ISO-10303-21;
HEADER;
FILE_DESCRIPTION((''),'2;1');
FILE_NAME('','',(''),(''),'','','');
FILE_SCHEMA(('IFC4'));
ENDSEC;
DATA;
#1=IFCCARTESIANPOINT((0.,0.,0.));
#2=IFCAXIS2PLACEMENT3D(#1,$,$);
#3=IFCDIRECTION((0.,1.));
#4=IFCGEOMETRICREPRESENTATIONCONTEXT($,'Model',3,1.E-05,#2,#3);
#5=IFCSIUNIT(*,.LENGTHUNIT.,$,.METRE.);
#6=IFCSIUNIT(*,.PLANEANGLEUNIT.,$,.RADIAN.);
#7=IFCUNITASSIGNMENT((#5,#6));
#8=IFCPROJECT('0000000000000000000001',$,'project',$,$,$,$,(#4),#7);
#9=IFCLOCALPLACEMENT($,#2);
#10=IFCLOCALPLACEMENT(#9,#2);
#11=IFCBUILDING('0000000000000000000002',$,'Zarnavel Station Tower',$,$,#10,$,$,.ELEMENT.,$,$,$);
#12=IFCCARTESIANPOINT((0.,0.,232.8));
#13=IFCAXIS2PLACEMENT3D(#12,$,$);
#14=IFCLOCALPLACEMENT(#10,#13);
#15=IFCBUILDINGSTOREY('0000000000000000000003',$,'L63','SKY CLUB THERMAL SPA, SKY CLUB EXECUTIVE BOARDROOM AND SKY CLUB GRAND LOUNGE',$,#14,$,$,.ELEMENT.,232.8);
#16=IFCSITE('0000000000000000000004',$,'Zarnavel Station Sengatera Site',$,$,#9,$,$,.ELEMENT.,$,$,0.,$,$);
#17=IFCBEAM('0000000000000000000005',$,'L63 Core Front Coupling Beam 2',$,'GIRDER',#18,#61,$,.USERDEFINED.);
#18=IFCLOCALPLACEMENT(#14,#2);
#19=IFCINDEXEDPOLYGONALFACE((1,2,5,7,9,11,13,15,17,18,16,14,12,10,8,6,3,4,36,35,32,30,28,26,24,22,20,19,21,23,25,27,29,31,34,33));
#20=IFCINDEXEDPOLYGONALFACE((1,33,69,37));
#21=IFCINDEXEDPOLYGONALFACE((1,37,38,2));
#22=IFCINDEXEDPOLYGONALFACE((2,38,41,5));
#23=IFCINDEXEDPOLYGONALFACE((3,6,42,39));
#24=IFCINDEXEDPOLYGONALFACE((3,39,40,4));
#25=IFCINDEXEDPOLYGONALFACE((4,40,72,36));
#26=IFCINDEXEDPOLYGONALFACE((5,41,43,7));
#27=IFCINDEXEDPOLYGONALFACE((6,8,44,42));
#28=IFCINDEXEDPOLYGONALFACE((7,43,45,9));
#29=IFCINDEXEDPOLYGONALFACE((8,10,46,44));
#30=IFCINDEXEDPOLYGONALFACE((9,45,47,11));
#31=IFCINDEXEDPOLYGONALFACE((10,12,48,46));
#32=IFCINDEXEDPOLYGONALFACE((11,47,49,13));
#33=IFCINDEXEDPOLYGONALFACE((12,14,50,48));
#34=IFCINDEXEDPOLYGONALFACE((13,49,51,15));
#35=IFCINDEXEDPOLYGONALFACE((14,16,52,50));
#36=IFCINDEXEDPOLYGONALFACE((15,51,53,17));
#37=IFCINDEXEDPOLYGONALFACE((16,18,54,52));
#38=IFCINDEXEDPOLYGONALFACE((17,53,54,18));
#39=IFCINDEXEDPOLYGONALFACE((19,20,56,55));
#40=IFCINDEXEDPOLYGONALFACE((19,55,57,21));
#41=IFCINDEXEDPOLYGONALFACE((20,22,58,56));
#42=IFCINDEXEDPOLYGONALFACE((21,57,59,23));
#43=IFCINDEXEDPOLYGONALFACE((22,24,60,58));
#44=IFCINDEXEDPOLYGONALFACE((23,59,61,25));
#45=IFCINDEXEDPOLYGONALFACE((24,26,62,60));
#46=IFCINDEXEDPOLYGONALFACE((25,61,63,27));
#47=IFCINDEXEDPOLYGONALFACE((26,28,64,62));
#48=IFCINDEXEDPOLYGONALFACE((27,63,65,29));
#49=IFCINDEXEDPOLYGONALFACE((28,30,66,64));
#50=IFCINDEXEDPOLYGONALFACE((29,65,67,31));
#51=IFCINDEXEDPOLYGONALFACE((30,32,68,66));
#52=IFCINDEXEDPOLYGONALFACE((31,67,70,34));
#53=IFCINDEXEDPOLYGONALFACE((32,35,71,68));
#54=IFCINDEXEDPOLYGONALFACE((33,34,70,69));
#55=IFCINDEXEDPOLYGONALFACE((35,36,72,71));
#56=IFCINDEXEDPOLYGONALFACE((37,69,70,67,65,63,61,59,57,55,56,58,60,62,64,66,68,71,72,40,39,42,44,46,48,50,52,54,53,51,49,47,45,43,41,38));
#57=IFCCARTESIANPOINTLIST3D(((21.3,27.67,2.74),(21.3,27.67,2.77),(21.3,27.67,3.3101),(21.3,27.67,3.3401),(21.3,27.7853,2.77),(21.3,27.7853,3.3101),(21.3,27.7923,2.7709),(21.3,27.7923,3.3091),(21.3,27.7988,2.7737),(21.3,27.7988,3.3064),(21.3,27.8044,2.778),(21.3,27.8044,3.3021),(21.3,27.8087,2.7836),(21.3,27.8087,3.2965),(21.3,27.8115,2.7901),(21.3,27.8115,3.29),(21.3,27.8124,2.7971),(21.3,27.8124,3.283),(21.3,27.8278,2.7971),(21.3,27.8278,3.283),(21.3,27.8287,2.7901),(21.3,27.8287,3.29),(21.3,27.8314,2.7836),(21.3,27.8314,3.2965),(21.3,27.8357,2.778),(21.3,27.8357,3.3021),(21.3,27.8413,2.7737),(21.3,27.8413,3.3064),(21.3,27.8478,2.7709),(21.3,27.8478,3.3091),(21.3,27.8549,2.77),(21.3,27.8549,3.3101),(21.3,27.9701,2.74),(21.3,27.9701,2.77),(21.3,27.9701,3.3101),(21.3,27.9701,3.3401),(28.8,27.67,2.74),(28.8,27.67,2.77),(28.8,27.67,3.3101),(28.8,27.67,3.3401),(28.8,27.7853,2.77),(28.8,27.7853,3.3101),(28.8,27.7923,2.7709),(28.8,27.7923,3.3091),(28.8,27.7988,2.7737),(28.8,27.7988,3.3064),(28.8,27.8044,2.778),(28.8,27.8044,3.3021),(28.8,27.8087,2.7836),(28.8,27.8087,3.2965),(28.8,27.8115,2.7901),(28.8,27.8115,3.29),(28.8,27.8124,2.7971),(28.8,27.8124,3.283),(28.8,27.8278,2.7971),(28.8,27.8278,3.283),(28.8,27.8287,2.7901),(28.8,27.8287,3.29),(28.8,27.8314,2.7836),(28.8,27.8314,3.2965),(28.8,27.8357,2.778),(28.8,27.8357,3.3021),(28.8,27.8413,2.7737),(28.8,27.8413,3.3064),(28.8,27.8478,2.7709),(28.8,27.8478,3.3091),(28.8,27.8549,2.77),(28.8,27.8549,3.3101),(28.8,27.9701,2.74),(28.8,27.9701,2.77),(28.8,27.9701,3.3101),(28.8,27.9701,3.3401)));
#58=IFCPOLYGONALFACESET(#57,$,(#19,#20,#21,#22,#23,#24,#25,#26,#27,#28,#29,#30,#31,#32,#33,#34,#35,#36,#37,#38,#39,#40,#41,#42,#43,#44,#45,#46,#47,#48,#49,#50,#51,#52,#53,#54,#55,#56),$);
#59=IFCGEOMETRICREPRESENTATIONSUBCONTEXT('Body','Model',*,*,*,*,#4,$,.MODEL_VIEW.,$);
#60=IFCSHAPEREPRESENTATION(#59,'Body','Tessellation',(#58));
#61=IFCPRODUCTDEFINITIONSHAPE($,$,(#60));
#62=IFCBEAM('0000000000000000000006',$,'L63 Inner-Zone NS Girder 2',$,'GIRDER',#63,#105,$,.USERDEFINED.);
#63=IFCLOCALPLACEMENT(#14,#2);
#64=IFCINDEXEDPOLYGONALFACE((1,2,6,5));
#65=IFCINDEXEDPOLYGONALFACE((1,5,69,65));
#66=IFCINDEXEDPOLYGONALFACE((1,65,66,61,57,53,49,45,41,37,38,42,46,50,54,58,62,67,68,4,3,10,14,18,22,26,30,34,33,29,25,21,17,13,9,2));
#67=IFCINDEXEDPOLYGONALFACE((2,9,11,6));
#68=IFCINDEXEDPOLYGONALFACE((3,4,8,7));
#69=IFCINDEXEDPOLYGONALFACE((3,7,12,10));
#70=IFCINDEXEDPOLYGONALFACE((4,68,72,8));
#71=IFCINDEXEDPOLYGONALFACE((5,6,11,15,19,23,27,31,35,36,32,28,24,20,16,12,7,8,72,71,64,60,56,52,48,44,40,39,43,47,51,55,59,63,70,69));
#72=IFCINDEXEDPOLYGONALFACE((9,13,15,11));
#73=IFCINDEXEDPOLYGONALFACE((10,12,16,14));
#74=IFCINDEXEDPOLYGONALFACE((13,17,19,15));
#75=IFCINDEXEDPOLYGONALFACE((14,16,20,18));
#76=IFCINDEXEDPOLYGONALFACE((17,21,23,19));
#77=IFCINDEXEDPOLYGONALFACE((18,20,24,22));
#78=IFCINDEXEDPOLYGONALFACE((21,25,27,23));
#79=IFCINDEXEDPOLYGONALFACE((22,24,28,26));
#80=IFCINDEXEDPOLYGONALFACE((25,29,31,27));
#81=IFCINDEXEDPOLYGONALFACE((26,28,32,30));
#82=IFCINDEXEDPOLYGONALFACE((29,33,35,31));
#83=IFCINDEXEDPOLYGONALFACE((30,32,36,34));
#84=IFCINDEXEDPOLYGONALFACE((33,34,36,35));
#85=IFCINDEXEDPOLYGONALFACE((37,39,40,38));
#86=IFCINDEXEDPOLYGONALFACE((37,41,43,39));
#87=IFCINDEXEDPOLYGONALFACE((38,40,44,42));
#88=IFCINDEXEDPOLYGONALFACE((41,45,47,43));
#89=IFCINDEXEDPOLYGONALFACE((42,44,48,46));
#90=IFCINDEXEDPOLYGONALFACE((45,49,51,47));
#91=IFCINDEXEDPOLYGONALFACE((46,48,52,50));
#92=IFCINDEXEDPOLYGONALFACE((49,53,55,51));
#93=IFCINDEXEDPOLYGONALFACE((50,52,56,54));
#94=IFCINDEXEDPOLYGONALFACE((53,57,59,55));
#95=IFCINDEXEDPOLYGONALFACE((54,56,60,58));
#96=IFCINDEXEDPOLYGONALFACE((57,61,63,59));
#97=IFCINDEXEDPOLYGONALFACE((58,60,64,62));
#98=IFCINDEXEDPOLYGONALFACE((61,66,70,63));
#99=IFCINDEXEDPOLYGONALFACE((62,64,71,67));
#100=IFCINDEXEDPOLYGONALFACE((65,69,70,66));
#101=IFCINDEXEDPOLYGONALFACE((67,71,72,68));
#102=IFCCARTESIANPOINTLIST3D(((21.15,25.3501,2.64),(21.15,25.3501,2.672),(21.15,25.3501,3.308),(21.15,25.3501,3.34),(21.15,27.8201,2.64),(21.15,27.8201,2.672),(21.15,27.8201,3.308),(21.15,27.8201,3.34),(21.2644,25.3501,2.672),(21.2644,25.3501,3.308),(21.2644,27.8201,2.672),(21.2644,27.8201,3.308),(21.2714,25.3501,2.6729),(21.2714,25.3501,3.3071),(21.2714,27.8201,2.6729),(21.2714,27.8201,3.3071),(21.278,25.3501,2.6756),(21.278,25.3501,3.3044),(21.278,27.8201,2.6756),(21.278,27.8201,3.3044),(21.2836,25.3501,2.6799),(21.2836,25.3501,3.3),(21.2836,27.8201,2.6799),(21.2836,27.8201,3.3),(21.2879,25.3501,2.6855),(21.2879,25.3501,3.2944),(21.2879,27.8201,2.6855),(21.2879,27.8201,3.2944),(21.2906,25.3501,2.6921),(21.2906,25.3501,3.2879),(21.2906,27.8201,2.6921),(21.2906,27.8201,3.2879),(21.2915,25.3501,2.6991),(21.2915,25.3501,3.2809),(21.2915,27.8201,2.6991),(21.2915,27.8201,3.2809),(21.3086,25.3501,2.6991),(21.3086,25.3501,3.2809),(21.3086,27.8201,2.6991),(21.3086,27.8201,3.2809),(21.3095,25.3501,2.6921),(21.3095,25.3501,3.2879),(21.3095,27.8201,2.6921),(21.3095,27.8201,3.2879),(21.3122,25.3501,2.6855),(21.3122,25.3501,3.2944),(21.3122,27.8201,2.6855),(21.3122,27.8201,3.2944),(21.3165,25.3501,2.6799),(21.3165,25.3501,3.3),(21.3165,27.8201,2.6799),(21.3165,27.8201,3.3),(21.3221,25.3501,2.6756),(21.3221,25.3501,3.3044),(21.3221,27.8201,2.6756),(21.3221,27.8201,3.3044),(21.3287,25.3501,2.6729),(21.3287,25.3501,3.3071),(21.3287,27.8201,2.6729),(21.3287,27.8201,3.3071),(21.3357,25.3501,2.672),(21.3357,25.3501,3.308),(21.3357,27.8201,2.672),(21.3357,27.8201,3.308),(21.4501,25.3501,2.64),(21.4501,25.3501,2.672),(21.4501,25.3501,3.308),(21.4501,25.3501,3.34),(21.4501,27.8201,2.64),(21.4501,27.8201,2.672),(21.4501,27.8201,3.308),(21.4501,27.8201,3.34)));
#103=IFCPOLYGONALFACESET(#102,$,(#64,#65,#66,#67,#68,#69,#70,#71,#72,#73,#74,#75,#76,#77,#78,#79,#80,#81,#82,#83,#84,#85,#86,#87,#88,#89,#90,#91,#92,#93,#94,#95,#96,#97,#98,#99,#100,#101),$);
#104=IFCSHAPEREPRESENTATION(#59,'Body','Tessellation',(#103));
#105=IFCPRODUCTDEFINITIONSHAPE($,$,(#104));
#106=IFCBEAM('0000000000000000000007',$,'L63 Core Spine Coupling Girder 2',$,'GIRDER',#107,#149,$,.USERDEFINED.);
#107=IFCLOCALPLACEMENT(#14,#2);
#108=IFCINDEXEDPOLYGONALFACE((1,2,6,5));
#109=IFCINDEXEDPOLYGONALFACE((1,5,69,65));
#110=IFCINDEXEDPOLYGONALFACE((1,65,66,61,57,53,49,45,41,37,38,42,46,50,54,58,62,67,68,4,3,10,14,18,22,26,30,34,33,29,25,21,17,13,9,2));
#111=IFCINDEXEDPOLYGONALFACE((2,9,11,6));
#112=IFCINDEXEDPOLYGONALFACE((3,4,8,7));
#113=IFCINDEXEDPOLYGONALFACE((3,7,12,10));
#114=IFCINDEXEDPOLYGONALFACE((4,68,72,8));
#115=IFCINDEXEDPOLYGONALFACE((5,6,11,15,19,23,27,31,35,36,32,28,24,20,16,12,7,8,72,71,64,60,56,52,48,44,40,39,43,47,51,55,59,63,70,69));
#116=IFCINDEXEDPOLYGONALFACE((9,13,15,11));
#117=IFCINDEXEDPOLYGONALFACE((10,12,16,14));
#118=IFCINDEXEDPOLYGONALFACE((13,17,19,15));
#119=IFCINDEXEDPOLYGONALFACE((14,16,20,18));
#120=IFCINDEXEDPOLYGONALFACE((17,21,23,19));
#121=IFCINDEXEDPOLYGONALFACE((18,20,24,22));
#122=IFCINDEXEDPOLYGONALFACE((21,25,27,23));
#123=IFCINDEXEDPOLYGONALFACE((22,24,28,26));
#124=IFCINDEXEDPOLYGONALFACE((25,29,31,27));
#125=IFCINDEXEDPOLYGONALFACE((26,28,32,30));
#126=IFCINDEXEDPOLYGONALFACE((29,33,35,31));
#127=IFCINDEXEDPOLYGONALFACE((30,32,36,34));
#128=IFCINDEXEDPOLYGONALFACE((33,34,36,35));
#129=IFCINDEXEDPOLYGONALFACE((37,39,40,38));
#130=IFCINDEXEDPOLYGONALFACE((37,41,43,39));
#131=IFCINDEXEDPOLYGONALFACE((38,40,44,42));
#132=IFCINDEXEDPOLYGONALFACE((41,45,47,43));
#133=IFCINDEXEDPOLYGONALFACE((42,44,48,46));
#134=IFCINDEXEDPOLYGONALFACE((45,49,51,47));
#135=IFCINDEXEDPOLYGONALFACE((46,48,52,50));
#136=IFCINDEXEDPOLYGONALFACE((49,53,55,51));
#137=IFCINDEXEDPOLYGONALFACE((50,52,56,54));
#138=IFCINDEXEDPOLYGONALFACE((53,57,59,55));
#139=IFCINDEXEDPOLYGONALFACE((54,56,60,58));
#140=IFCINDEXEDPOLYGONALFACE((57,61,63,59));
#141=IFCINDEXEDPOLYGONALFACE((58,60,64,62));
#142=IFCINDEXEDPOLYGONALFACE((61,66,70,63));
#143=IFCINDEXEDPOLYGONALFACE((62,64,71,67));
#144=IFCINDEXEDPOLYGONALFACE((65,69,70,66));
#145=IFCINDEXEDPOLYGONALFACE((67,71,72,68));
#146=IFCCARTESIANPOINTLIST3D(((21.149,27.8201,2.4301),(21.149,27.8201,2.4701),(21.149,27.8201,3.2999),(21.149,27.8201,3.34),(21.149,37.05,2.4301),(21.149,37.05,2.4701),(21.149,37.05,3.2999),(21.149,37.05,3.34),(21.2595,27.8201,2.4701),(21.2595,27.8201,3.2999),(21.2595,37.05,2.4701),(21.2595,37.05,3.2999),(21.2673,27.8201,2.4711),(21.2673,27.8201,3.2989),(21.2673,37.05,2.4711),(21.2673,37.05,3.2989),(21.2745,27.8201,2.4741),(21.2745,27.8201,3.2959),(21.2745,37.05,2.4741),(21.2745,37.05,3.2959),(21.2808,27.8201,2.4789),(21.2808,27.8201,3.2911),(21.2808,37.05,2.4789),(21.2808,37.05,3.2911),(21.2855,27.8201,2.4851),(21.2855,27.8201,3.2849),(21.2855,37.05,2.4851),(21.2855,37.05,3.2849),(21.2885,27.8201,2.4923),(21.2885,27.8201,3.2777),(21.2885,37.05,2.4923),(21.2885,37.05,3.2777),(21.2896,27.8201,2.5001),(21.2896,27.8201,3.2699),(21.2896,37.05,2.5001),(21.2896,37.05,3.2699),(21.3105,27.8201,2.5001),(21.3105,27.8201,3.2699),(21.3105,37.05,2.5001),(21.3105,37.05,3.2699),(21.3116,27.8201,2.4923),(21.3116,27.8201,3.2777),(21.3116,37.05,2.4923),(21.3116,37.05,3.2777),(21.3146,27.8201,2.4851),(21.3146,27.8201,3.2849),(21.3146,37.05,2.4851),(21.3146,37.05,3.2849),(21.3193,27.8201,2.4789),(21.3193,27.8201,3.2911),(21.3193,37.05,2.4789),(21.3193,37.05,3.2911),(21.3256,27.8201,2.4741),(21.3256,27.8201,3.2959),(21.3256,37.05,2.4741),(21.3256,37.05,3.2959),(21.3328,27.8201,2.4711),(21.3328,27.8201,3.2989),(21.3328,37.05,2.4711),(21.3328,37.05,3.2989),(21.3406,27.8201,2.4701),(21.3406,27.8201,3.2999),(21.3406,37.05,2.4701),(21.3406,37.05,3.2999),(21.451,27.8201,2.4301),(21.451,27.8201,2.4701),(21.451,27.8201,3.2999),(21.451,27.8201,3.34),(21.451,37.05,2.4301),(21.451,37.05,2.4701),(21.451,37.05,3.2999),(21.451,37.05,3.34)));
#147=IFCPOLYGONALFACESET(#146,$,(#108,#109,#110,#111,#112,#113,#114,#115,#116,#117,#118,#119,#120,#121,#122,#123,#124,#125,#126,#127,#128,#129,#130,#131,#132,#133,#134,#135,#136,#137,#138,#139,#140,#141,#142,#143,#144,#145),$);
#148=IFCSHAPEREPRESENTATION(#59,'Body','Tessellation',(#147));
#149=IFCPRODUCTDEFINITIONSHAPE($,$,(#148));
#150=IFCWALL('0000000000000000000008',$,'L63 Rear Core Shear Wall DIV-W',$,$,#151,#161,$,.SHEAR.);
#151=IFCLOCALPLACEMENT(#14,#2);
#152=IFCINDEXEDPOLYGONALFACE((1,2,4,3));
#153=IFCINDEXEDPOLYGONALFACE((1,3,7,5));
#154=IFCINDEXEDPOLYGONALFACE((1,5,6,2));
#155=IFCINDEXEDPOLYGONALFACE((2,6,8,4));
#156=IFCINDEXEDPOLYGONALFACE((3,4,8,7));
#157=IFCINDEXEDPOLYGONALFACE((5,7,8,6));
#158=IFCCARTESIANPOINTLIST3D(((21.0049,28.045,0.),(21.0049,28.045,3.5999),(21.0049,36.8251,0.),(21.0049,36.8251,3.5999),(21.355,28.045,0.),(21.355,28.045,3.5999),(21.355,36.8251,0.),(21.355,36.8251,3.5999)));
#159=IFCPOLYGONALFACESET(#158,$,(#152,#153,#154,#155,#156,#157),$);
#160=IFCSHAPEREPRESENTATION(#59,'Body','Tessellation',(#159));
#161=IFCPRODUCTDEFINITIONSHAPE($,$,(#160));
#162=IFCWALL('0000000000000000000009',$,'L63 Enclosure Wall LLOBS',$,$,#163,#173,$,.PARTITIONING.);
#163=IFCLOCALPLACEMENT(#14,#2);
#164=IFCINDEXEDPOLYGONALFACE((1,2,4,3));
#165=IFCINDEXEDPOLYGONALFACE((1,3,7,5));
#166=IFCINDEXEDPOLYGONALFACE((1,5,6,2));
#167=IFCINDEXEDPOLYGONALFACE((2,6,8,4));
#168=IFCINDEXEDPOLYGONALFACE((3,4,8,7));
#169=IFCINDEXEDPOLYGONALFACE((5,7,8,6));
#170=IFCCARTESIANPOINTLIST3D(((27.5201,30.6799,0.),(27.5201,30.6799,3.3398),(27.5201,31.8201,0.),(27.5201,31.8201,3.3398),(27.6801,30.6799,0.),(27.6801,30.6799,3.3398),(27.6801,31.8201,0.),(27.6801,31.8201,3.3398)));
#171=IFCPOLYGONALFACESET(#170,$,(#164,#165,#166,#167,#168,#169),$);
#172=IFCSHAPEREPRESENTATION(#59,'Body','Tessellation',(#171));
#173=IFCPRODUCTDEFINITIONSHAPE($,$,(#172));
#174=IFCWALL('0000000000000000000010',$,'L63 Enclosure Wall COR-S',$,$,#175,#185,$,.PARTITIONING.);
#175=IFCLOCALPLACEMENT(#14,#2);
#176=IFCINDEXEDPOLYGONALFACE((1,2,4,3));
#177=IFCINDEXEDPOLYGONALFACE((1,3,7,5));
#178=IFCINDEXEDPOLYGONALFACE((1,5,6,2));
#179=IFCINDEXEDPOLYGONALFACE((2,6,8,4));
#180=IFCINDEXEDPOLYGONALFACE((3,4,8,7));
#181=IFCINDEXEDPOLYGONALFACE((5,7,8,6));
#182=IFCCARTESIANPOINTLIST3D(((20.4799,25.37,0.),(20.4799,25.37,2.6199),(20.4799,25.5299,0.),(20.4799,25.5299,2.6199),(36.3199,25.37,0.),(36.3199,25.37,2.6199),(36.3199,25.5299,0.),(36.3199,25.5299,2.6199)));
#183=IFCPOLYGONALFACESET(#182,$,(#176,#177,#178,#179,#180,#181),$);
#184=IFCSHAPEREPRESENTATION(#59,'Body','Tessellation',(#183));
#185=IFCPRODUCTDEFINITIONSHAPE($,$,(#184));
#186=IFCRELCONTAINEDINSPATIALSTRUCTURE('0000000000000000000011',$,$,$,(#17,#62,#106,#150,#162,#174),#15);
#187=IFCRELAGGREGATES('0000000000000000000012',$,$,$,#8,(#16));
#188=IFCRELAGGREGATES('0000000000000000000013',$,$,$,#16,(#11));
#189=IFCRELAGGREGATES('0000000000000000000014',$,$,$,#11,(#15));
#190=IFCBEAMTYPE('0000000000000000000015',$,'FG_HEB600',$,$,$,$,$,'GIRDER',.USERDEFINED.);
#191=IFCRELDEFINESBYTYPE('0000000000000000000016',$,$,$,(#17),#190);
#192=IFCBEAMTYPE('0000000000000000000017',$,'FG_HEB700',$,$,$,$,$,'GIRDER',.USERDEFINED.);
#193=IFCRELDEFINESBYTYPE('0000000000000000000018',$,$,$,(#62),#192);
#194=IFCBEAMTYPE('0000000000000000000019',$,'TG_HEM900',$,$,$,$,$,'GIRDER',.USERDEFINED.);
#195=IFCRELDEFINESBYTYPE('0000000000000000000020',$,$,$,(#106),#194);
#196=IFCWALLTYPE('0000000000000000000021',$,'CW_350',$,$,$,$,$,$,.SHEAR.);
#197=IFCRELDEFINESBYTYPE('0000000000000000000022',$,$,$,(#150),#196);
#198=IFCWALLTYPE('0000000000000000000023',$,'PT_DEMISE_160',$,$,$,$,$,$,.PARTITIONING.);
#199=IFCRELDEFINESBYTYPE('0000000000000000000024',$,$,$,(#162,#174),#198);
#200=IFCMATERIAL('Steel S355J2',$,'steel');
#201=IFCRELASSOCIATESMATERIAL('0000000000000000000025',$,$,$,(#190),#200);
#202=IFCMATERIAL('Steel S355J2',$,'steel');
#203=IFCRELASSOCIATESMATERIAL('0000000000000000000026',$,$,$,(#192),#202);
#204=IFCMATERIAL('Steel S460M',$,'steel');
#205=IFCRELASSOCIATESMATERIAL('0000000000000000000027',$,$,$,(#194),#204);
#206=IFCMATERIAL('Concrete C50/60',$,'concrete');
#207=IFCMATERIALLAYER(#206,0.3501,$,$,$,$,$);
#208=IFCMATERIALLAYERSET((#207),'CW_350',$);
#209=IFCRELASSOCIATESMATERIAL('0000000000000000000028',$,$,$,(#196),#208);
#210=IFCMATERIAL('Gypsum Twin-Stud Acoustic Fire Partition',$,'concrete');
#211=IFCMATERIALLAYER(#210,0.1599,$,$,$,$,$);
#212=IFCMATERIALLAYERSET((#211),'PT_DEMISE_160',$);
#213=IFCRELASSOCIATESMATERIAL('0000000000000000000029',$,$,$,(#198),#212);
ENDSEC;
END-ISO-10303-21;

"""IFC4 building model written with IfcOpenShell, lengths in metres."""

from ifc_helpers import new_model, si_unit, direction, frame, frame_2d, origin, origin_2d, place, context, subcontext, project, spatial, rectangle, i_section, extrude, material, layer, layer_set, material_profile, profile_set, type_object, element, save


model = new_model("IFC4")

# Units and contexts
model_context = context("Model", 3, precision=1e-05, world=origin(), true_north=direction((0.0, 1.0)))
body_context = subcontext(model_context, "Body", "Model", "MODEL_VIEW")
ifc_project = project(units=[si_unit("LENGTHUNIT", "METRE"), si_unit("PLANEANGLEUNIT", "RADIAN")], contexts=[model_context])

# Site, building, storey
site_placement = place(None, origin())
site = spatial("IfcSite", under=ifc_project, at=site_placement, Name="Zarnavel Station Sengatera Site", CompositionType="ELEMENT", RefElevation=0.0)
building_placement = place(site_placement, origin())
building = spatial("IfcBuilding", under=site, at=building_placement, Name="Zarnavel Station Tower", CompositionType="ELEMENT")
storey_placement = place(building_placement, frame((0.0, 0.0, 232.8)))
storey = spatial("IfcBuildingStorey", under=building, at=storey_placement, Name="L63", Description="SKY CLUB THERMAL SPA, SKY CLUB EXECUTIVE BOARDROOM AND SKY CLUB GRAND LOUNGE", CompositionType="ELEMENT", Elevation=232.8)

# Beams
ifc_material_1 = material(Name="Steel S355J2", Category="steel")
ifc_material_profile_1 = material_profile(ifc_material_1, i_section(OverallWidth=0.3, OverallDepth=0.6001, WebThickness=0.0154, FlangeThickness=0.03, FilletRadius=0.0271, at=origin_2d()), Name="HEB600")
ifc_profile_set_1 = profile_set([ifc_material_profile_1], Name="Steel S355J2")
beam_type_1 = type_object("IfcBeamType", Name="FG_HEB600", ElementType="GIRDER", PredefinedType="USERDEFINED", material=ifc_profile_set_1)
beam_1_placement = place(storey_placement, frame((21.3, 27.8201, 3.04), z_axis=(1.0, 0.0, 0.0), x_axis=(0.0, 1.0, 0.0)))
element("IfcBeam", 1, at=beam_1_placement, inside=storey, type_object=beam_type_1, Name="L63 Core Front Coupling Beam 2", ObjectType="GIRDER", PredefinedType="USERDEFINED", context=body_context, shape_type="SweptSolid", body=[
    extrude(i_section(OverallWidth=0.3, OverallDepth=0.6001, WebThickness=0.0154, FlangeThickness=0.03, FilletRadius=0.0271, at=origin_2d()), origin(), (0.0, 0.0, 1.0), 7.5),
])
ifc_material_2 = material(Name="Steel S355J2", Category="steel")
ifc_material_profile_2 = material_profile(ifc_material_2, i_section(OverallWidth=0.3, OverallDepth=0.7, WebThickness=0.0171, FlangeThickness=0.032, FilletRadius=0.0271, at=origin_2d()), Name="HEB700")
ifc_profile_set_2 = profile_set([ifc_material_profile_2], Name="Steel S355J2")
beam_type_2 = type_object("IfcBeamType", Name="FG_HEB700", ElementType="GIRDER", PredefinedType="USERDEFINED", material=ifc_profile_set_2)
beam_2_placement = place(storey_placement, frame((21.3, 25.3501, 2.99), z_axis=(0.0, 1.0, 0.0), x_axis=(-1.0, 0.0, 0.0)))
element("IfcBeam", 2, at=beam_2_placement, inside=storey, type_object=beam_type_2, Name="L63 Inner-Zone NS Girder 2", ObjectType="GIRDER", PredefinedType="USERDEFINED", context=body_context, shape_type="SweptSolid", body=[
    extrude(i_section(OverallWidth=0.3, OverallDepth=0.7, WebThickness=0.0171, FlangeThickness=0.032, FilletRadius=0.0271, at=origin_2d()), origin(), (0.0, 0.0, 1.0), 2.47),
])
ifc_material_3 = material(Name="Steel S460M", Category="steel")
ifc_material_profile_3 = material_profile(ifc_material_3, i_section(OverallWidth=0.302, OverallDepth=0.9099, WebThickness=0.021, FlangeThickness=0.04, FilletRadius=0.03, at=origin_2d()), Name="HEM900")
ifc_profile_set_3 = profile_set([ifc_material_profile_3], Name="Steel S460M")
beam_type_3 = type_object("IfcBeamType", Name="TG_HEM900", ElementType="GIRDER", PredefinedType="USERDEFINED", material=ifc_profile_set_3)
beam_3_placement = place(storey_placement, frame((21.3, 27.8201, 2.885), z_axis=(0.0, 1.0, 0.0), x_axis=(-1.0, 0.0, 0.0)))
element("IfcBeam", 3, at=beam_3_placement, inside=storey, type_object=beam_type_3, Name="L63 Core Spine Coupling Girder 2", ObjectType="GIRDER", PredefinedType="USERDEFINED", context=body_context, shape_type="SweptSolid", body=[
    extrude(i_section(OverallWidth=0.302, OverallDepth=0.9099, WebThickness=0.021, FlangeThickness=0.04, FilletRadius=0.03, at=origin_2d()), origin(), (0.0, 0.0, 1.0), 9.23),
])

# Wall
ifc_material_4 = material(Name="Concrete C50/60", Category="concrete")
ifc_layer_1 = layer(ifc_material_4, 0.3501)
ifc_layer_set_1 = layer_set([ifc_layer_1], Name="CW_350")
wall_type_1 = type_object("IfcWallType", Name="CW_350", PredefinedType="SHEAR", material=ifc_layer_set_1)
wall_1_placement = place(storey_placement, frame((21.1799, 28.0449, 0.0), z_axis=(0.0, 0.0, 1.0), x_axis=(0.0, 1.0, 0.0)))
element("IfcWall", 4, at=wall_1_placement, inside=storey, type_object=wall_type_1, Name="L63 Rear Core Shear Wall DIV-W", PredefinedType="SHEAR", context=body_context, shape_type="SweptSolid", body=[
    extrude(rectangle(XDim=8.78, YDim=0.3501, at=frame_2d((4.3901, 0.0))), origin(), (0.0, 0.0, 1.0), 3.5999),
])

# Walls
ifc_material_5 = material(Name="Gypsum Twin-Stud Acoustic Fire Partition", Category="concrete")
ifc_layer_2 = layer(ifc_material_5, 0.1599)
ifc_layer_set_2 = layer_set([ifc_layer_2], Name="PT_DEMISE_160")
wall_type_2 = type_object("IfcWallType", Name="PT_DEMISE_160", PredefinedType="PARTITIONING", material=ifc_layer_set_2)
wall_2_placement = place(storey_placement, frame((27.6001, 30.6799, 0.0), z_axis=(0.0, 0.0, 1.0), x_axis=(0.0, 1.0, 0.0)))
element("IfcWall", 5, at=wall_2_placement, inside=storey, type_object=wall_type_2, Name="L63 Enclosure Wall LLOBS", PredefinedType="PARTITIONING", context=body_context, shape_type="SweptSolid", body=[
    extrude(rectangle(XDim=1.1401, YDim=0.1599, at=frame_2d((0.5701, 0.0))), origin(), (0.0, 0.0, 1.0), 3.3398),
])
wall_3_placement = place(storey_placement, frame((20.48, 25.45, 0.0), z_axis=(0.0, 0.0, 1.0), x_axis=(1.0, 0.0, 0.0)))
element("IfcWall", 6, at=wall_3_placement, inside=storey, type_object=wall_type_2, Name="L63 Enclosure Wall COR-S", PredefinedType="PARTITIONING", context=body_context, shape_type="SweptSolid", body=[
    extrude(rectangle(XDim=15.8401, YDim=0.1599, at=frame_2d((7.9199, 0.0))), origin(), (0.0, 0.0, 1.0), 2.6199),
])

save(model, "model.ifc")
